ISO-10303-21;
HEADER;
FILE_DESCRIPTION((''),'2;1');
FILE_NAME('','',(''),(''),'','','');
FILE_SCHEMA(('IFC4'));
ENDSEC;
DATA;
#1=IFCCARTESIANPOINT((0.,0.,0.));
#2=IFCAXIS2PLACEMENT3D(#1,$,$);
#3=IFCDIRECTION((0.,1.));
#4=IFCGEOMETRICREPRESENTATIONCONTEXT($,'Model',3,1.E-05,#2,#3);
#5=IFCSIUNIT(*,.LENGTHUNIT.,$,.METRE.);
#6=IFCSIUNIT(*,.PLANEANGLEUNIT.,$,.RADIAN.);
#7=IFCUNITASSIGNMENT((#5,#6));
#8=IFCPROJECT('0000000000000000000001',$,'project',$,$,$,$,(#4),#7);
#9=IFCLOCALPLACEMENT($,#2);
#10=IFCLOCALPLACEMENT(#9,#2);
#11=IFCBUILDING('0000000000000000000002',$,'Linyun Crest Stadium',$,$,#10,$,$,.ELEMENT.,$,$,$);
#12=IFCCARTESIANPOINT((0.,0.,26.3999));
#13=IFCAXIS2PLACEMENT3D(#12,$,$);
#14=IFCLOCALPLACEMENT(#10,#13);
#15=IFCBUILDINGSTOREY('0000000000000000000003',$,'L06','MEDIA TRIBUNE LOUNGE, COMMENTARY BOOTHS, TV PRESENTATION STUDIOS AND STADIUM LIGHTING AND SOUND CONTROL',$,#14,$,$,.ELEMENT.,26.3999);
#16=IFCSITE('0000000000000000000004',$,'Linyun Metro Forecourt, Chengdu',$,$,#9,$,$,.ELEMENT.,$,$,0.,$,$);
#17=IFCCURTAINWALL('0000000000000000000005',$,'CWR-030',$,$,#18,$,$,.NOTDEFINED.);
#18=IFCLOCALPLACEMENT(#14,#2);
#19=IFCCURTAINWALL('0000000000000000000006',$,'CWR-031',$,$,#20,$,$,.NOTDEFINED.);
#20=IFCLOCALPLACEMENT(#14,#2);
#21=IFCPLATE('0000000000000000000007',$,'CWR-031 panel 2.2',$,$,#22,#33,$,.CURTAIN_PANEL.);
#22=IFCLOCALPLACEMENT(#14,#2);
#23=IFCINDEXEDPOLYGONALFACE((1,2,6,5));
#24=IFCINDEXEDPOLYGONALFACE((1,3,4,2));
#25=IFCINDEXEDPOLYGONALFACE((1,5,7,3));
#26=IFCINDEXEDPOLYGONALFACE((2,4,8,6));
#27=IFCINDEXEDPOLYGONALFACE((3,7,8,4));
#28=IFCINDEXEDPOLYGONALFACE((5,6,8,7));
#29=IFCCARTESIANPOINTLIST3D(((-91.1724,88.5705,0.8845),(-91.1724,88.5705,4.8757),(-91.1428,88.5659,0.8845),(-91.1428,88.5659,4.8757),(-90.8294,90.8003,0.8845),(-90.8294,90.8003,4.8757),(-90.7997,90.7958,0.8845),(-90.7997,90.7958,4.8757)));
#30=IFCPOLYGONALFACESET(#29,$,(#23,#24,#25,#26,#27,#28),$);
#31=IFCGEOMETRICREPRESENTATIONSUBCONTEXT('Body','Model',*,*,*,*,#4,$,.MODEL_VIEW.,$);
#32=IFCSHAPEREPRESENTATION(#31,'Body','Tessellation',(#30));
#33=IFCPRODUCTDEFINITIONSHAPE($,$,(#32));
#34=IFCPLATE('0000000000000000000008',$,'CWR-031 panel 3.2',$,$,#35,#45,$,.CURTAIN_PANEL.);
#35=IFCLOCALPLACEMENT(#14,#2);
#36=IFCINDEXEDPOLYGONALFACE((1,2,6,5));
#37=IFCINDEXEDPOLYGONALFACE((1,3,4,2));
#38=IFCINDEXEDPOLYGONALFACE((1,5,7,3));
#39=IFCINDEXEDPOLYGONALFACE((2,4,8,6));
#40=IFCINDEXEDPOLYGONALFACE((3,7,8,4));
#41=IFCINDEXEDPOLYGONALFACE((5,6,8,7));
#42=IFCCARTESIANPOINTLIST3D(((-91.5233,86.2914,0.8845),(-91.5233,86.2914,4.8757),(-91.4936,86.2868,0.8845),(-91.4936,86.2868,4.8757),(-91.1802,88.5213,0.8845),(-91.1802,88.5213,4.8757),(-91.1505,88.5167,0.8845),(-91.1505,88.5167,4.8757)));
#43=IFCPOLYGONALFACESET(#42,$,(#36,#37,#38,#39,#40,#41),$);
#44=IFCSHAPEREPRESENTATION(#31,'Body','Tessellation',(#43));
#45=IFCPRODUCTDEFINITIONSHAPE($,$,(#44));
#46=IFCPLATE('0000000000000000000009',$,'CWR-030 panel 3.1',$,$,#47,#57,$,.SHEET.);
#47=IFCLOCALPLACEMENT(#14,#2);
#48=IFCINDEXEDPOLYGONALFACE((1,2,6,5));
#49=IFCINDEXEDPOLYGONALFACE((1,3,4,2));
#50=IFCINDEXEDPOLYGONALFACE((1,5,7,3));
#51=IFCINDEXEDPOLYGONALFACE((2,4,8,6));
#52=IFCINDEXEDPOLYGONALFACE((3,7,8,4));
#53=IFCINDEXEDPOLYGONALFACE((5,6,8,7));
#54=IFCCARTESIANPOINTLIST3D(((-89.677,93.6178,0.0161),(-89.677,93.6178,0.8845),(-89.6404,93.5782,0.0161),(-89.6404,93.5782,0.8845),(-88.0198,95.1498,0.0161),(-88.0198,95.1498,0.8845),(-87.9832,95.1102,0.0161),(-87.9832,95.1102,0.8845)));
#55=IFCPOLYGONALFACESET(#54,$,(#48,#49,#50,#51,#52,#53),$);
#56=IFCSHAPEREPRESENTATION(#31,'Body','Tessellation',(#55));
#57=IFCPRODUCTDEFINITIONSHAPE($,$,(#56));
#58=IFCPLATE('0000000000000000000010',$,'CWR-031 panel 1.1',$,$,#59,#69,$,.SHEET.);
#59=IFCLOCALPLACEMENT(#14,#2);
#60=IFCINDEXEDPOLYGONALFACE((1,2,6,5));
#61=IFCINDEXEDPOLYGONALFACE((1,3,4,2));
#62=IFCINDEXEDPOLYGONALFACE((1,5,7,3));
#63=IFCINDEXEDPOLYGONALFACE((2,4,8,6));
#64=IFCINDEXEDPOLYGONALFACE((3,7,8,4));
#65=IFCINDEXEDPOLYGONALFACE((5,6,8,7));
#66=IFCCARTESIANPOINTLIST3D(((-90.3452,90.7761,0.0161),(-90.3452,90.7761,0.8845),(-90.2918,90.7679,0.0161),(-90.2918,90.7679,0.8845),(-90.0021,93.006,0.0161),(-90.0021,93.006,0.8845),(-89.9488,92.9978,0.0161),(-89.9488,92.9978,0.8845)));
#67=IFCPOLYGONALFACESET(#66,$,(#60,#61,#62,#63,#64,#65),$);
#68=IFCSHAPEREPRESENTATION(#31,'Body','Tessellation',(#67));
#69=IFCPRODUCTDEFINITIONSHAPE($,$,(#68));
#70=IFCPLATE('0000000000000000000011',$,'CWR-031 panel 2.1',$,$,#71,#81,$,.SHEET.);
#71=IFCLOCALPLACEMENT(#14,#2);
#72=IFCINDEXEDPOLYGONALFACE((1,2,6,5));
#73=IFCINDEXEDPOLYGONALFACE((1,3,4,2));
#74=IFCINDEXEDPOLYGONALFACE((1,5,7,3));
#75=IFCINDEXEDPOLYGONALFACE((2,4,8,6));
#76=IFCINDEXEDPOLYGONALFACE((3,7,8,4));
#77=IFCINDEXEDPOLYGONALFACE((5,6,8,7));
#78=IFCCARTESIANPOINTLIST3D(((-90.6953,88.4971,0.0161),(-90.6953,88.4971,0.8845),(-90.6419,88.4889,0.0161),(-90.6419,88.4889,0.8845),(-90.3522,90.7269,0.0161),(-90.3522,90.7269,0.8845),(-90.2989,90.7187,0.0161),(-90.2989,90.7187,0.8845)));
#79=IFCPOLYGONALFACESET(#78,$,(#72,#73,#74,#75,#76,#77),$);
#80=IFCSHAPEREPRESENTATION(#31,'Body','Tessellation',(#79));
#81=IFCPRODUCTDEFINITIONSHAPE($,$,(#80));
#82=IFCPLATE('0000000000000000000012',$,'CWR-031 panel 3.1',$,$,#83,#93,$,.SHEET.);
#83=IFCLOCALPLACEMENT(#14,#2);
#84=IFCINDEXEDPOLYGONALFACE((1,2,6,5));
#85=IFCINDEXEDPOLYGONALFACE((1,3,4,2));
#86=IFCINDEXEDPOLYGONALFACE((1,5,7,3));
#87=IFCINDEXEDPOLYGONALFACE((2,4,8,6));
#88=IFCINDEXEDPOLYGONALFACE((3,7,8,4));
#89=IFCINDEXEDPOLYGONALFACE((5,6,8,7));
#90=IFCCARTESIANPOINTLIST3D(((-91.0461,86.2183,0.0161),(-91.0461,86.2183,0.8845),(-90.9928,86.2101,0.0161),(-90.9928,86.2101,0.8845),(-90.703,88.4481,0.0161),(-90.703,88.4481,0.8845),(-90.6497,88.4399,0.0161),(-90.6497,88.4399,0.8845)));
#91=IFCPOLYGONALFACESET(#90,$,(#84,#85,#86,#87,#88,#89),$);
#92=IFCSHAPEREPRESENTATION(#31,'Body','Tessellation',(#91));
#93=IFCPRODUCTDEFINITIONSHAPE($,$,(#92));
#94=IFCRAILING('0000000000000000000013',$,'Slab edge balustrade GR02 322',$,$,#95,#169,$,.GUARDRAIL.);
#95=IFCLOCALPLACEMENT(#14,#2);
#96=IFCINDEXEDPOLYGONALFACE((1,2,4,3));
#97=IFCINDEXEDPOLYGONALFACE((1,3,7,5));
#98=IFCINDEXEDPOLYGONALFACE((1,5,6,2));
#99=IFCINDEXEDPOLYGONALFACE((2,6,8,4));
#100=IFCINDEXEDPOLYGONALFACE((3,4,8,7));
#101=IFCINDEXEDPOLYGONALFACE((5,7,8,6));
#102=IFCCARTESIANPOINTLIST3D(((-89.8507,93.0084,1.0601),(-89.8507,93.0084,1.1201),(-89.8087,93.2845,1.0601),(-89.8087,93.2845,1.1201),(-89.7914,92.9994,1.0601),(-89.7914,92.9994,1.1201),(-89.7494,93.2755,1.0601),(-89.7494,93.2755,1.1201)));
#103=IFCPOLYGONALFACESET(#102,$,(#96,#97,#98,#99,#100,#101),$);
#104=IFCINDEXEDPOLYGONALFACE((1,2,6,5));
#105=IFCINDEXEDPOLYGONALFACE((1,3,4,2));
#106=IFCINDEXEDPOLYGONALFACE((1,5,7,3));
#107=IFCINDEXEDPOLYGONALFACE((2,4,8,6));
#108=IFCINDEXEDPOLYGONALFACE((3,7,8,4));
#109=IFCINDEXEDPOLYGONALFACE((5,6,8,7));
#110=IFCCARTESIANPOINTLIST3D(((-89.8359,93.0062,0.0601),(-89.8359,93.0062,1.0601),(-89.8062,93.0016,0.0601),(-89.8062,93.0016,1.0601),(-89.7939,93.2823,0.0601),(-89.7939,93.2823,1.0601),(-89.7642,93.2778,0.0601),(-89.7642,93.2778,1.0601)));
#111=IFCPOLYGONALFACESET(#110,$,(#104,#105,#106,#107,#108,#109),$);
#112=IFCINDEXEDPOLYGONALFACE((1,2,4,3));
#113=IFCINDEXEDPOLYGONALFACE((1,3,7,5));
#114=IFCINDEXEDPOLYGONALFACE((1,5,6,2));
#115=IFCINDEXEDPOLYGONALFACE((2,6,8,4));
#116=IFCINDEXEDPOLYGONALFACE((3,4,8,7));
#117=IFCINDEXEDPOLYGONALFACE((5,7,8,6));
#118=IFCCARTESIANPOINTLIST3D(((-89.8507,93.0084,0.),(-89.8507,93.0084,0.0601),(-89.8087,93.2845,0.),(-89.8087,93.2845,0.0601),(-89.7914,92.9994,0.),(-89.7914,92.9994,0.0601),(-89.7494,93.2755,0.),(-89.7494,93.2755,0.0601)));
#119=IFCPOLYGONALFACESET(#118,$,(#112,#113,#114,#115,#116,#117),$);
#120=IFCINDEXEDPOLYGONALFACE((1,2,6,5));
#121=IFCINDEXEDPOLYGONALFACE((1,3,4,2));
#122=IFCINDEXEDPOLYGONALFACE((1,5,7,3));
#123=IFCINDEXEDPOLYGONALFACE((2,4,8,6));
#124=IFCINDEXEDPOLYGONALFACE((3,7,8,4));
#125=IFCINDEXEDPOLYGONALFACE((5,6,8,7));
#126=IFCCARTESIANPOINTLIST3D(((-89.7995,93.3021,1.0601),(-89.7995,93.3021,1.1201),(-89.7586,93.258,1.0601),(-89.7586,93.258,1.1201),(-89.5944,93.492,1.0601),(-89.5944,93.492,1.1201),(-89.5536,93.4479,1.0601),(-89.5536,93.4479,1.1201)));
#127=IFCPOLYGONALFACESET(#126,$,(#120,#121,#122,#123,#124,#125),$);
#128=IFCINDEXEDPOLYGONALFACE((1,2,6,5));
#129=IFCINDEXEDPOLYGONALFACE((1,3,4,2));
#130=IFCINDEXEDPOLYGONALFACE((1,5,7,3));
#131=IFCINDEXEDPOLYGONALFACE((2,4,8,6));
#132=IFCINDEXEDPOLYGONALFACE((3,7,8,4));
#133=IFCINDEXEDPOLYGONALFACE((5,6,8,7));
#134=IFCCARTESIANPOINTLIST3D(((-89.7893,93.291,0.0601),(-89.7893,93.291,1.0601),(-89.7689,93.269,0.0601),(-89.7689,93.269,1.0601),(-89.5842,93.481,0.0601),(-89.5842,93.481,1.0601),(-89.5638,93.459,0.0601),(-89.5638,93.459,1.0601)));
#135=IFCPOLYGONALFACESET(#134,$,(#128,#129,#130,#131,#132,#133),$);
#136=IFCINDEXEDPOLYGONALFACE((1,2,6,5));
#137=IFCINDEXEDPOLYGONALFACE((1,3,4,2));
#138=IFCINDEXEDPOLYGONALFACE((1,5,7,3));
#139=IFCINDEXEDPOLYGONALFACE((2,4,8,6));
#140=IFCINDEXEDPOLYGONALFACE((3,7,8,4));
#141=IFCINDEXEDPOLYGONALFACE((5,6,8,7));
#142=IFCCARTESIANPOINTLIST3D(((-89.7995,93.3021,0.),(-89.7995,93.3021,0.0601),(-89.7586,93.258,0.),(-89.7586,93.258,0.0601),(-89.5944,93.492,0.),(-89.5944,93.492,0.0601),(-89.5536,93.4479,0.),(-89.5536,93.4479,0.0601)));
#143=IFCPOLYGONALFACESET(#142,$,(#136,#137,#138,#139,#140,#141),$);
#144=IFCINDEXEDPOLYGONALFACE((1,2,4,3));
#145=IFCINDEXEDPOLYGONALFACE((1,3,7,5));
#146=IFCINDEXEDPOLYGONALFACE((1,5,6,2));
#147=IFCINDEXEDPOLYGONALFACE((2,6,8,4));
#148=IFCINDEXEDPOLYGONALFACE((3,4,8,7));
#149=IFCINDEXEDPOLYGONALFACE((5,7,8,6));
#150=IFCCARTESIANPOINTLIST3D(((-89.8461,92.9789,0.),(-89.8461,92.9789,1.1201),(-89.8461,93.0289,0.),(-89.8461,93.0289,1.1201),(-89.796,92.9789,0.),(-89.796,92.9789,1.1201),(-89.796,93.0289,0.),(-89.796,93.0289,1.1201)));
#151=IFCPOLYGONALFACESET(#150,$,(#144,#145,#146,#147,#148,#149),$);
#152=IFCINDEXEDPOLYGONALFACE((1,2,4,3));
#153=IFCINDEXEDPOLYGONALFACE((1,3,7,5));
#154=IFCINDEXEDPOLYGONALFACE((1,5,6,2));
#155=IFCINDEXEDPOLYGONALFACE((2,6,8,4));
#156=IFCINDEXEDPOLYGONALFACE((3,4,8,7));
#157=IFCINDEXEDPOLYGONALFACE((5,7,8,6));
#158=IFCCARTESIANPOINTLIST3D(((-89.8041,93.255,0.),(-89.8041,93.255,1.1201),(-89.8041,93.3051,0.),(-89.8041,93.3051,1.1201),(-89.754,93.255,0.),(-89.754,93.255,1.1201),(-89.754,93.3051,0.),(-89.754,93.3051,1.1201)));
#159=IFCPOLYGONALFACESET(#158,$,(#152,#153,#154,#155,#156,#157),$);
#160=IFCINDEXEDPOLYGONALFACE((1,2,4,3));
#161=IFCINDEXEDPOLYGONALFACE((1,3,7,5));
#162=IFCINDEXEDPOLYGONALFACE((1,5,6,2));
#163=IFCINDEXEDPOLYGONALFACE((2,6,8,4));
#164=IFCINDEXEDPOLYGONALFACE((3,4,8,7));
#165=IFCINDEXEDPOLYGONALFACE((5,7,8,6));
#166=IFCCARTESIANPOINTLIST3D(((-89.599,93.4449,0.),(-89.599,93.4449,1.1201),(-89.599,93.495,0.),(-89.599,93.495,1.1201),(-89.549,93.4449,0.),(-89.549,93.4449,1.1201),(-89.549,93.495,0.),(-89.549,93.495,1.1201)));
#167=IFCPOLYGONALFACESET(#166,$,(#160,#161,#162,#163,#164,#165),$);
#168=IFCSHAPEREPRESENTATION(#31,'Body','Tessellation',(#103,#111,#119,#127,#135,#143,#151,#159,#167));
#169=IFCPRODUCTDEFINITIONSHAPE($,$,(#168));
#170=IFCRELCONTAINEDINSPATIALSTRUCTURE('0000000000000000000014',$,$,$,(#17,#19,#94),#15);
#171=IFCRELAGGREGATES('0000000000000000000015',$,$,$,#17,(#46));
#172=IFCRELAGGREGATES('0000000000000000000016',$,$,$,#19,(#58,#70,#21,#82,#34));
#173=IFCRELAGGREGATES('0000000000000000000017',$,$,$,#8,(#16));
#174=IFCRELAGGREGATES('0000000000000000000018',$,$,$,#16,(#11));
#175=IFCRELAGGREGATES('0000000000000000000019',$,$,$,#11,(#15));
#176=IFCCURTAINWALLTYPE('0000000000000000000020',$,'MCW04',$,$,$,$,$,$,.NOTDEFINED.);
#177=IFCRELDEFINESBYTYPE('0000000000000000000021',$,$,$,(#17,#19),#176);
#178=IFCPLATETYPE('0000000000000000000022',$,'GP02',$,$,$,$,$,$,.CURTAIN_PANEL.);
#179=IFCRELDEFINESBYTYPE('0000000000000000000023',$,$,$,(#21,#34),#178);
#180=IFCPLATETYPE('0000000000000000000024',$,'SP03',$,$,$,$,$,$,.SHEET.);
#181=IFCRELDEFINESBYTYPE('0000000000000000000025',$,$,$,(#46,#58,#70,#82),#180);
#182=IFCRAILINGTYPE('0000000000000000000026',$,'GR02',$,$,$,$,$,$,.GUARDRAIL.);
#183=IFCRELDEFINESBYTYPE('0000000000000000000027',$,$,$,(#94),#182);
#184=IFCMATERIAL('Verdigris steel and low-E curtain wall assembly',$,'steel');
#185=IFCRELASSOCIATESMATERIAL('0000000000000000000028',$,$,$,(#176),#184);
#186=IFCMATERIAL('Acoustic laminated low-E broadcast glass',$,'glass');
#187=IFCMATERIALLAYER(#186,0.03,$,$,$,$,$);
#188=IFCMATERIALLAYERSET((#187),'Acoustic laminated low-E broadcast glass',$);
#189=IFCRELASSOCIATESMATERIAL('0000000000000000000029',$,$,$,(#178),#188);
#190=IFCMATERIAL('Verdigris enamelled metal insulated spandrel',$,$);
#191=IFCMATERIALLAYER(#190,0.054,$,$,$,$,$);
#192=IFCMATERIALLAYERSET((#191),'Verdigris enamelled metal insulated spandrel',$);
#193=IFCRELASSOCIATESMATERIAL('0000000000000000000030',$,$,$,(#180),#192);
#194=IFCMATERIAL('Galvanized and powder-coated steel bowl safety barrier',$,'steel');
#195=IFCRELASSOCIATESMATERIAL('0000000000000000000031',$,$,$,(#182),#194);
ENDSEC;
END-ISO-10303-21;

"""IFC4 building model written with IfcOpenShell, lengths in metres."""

from ifc_helpers import new_model, si_unit, direction, frame, origin, origin_2d, place, context, subcontext, project, spatial, rectangle, extrude, material, layer, layer_set, type_object, element, aggregate, save


model = new_model("IFC4")

# Units and contexts
model_context = context("Model", 3, precision=1e-05, world=origin(), true_north=direction((0.0, 1.0)))
body_context = subcontext(model_context, "Body", "Model", "MODEL_VIEW")
ifc_project = project(units=[si_unit("LENGTHUNIT", "METRE"), si_unit("PLANEANGLEUNIT", "RADIAN")], contexts=[model_context])

# Site, building, storey
site_placement = place(None, origin())
site = spatial("IfcSite", under=ifc_project, at=site_placement, Name="Linyun Metro Forecourt, Chengdu", CompositionType="ELEMENT", RefElevation=0.0)
building_placement = place(site_placement, origin())
building = spatial("IfcBuilding", under=site, at=building_placement, Name="Linyun Crest Stadium", CompositionType="ELEMENT")
storey_placement = place(building_placement, frame((0.0, 0.0, 26.3999)))
storey = spatial("IfcBuildingStorey", under=building, at=storey_placement, Name="L06", Description="MEDIA TRIBUNE LOUNGE, COMMENTARY BOOTHS, TV PRESENTATION STUDIOS AND STADIUM LIGHTING AND SOUND CONTROL", CompositionType="ELEMENT", Elevation=26.3999)

# Curtain wall
ifc_material_1 = material(Name="Verdigris steel and low-E curtain wall assembly", Category="steel")
curtain_wall_type = type_object("IfcCurtainWallType", Name="MCW04", PredefinedType="NOTDEFINED", material=ifc_material_1)
curtain_wall_1_placement = place(storey_placement, origin())
curtain_wall_1 = element("IfcCurtainWall", 1, at=curtain_wall_1_placement, inside=storey, type_object=curtain_wall_type, Name="CWR-030", PredefinedType="NOTDEFINED")

# Curtain wall
curtain_wall_2_placement = place(storey_placement, origin())
curtain_wall_2 = element("IfcCurtainWall", 2, at=curtain_wall_2_placement, inside=storey, type_object=curtain_wall_type, Name="CWR-031", PredefinedType="NOTDEFINED")

# Plates
ifc_material_2 = material(Name="Acoustic laminated low-E broadcast glass", Category="glass")
ifc_layer_1 = layer(ifc_material_2, 0.03)
ifc_layer_set_1 = layer_set([ifc_layer_1], Name="Acoustic laminated low-E broadcast glass")
plate_type_1 = type_object("IfcPlateType", Name="GP02", PredefinedType="CURTAIN_PANEL", material=ifc_layer_set_1)
plate_1_placement = place(storey_placement, frame((-90.9861, 89.6831, 0.8845), z_axis=(0.0, 0.0, 1.0), x_axis=(-0.152054, -0.988372, 0.0)))
plate_1 = element("IfcPlate", 3, at=plate_1_placement, type_object=plate_type_1, Name="CWR-031 panel 2.2", PredefinedType="CURTAIN_PANEL", context=body_context, shape_type="SweptSolid", body=[
    extrude(rectangle(XDim=2.2561, YDim=0.03, at=origin_2d()), origin(), (0.0, 0.0, 1.0), 3.9912),
])
plate_2_placement = place(storey_placement, frame((-91.3369, 87.4041, 0.8845), z_axis=(0.0, 0.0, 1.0), x_axis=(-0.152054, -0.988372, 0.0)))
plate_2 = element("IfcPlate", 4, at=plate_2_placement, type_object=plate_type_1, Name="CWR-031 panel 3.2", PredefinedType="CURTAIN_PANEL", context=body_context, shape_type="SweptSolid", body=[
    extrude(rectangle(XDim=2.2561, YDim=0.03, at=origin_2d()), origin(), (0.0, 0.0, 1.0), 3.9912),
])
ifc_material_3 = material(Name="Verdigris enamelled metal insulated spandrel")
ifc_layer_2 = layer(ifc_material_3, 0.054)
ifc_layer_set_2 = layer_set([ifc_layer_2], Name="Verdigris enamelled metal insulated spandrel")
plate_type_2 = type_object("IfcPlateType", Name="SP03", PredefinedType="SHEET", material=ifc_layer_set_2)
plate_3_placement = place(storey_placement, frame((-88.8301, 94.364, 0.0161), z_axis=(0.0, 0.0, 1.0), x_axis=(-0.734299, -0.678826, 0.0)))
plate_3 = element("IfcPlate", 5, at=plate_3_placement, type_object=plate_type_2, Name="CWR-030 panel 3.1", PredefinedType="SHEET", context=body_context, shape_type="SweptSolid", body=[
    extrude(rectangle(XDim=2.2568, YDim=0.054, at=origin_2d()), origin(), (0.0, 0.0, 1.0), 0.8684),
])
aggregate(curtain_wall_1, [plate_3])
plate_4_placement = place(storey_placement, frame((-90.147, 91.887, 0.0161), z_axis=(0.0, 0.0, 1.0), x_axis=(-0.152054, -0.988372, 0.0)))
plate_4 = element("IfcPlate", 6, at=plate_4_placement, type_object=plate_type_2, Name="CWR-031 panel 1.1", PredefinedType="SHEET", context=body_context, shape_type="SweptSolid", body=[
    extrude(rectangle(XDim=2.2561, YDim=0.054, at=origin_2d()), origin(), (0.0, 0.0, 1.0), 0.8684),
])
plate_5_placement = place(storey_placement, frame((-90.4971, 89.6079, 0.0161), z_axis=(0.0, 0.0, 1.0), x_axis=(-0.152054, -0.988372, 0.0)))
plate_5 = element("IfcPlate", 7, at=plate_5_placement, type_object=plate_type_2, Name="CWR-031 panel 2.1", PredefinedType="SHEET", context=body_context, shape_type="SweptSolid", body=[
    extrude(rectangle(XDim=2.2561, YDim=0.054, at=origin_2d()), origin(), (0.0, 0.0, 1.0), 0.8684),
])
plate_6_placement = place(storey_placement, frame((-90.8479, 87.3291, 0.0161), z_axis=(0.0, 0.0, 1.0), x_axis=(-0.152054, -0.988372, 0.0)))
plate_6 = element("IfcPlate", 8, at=plate_6_placement, type_object=plate_type_2, Name="CWR-031 panel 3.1", PredefinedType="SHEET", context=body_context, shape_type="SweptSolid", body=[
    extrude(rectangle(XDim=2.2561, YDim=0.054, at=origin_2d()), origin(), (0.0, 0.0, 1.0), 0.8684),
])
aggregate(curtain_wall_2, [plate_4, plate_5, plate_1, plate_6, plate_2])

# Railing
ifc_material_4 = material(Name="Galvanized and powder-coated steel bowl safety barrier", Category="steel")
railing_type = type_object("IfcRailingType", Name="GR02", PredefinedType="GUARDRAIL", material=ifc_material_4)
railing_placement = place(storey_placement, frame((-89.821, 93.0039, 0.0)))
element("IfcRailing", 9, at=railing_placement, inside=storey, type_object=railing_type, Name="Slab edge balustrade GR02 322", PredefinedType="GUARDRAIL", context=body_context, shape_type="SweptSolid", body=[
    extrude(rectangle(XDim=0.0601, YDim=0.0601, at=origin_2d()), frame((0.0, 0.0, 1.0901), z_axis=(0.150349, 0.988633, 0.0), x_axis=(-0.988633, 0.150349, 0.0)), (0.0, 0.0, 1.0), 0.2793),
    extrude(rectangle(XDim=0.03, YDim=1.0, at=origin_2d()), frame((0.0, 0.0, 0.5601), z_axis=(0.150349, 0.988633, 0.0), x_axis=(-0.988633, 0.150349, 0.0)), (0.0, 0.0, 1.0), 0.2793),
    extrude(rectangle(XDim=0.0601, YDim=0.0601, at=origin_2d()), frame((0.0, 0.0, 0.03), z_axis=(0.150349, 0.988633, 0.0), x_axis=(-0.988633, 0.150349, 0.0)), (0.0, 0.0, 1.0), 0.2793),
    extrude(rectangle(XDim=0.0601, YDim=0.0601, at=origin_2d()), frame((0.042, 0.2761, 1.0901), z_axis=(0.733664, 0.679513, 0.0), x_axis=(-0.679513, 0.733664, 0.0)), (0.0, 0.0, 1.0), 0.2795),
    extrude(rectangle(XDim=0.03, YDim=1.0, at=origin_2d()), frame((0.042, 0.2761, 0.5601), z_axis=(0.733664, 0.679513, 0.0), x_axis=(-0.679513, 0.733664, 0.0)), (0.0, 0.0, 1.0), 0.2795),
    extrude(rectangle(XDim=0.0601, YDim=0.0601, at=origin_2d()), frame((0.042, 0.2761, 0.03), z_axis=(0.733664, 0.679513, 0.0), x_axis=(-0.679513, 0.733664, 0.0)), (0.0, 0.0, 1.0), 0.2795),
    extrude(rectangle(XDim=0.05, YDim=0.05, at=origin_2d()), origin(), (0.0, 0.0, 1.0), 1.1201),
    extrude(rectangle(XDim=0.05, YDim=0.05, at=origin_2d()), frame((0.042, 0.2761, 0.0)), (0.0, 0.0, 1.0), 1.1201),
    extrude(rectangle(XDim=0.05, YDim=0.05, at=origin_2d()), frame((0.2471, 0.4661, 0.0)), (0.0, 0.0, 1.0), 1.1201),
])

save(model, "model.ifc")
